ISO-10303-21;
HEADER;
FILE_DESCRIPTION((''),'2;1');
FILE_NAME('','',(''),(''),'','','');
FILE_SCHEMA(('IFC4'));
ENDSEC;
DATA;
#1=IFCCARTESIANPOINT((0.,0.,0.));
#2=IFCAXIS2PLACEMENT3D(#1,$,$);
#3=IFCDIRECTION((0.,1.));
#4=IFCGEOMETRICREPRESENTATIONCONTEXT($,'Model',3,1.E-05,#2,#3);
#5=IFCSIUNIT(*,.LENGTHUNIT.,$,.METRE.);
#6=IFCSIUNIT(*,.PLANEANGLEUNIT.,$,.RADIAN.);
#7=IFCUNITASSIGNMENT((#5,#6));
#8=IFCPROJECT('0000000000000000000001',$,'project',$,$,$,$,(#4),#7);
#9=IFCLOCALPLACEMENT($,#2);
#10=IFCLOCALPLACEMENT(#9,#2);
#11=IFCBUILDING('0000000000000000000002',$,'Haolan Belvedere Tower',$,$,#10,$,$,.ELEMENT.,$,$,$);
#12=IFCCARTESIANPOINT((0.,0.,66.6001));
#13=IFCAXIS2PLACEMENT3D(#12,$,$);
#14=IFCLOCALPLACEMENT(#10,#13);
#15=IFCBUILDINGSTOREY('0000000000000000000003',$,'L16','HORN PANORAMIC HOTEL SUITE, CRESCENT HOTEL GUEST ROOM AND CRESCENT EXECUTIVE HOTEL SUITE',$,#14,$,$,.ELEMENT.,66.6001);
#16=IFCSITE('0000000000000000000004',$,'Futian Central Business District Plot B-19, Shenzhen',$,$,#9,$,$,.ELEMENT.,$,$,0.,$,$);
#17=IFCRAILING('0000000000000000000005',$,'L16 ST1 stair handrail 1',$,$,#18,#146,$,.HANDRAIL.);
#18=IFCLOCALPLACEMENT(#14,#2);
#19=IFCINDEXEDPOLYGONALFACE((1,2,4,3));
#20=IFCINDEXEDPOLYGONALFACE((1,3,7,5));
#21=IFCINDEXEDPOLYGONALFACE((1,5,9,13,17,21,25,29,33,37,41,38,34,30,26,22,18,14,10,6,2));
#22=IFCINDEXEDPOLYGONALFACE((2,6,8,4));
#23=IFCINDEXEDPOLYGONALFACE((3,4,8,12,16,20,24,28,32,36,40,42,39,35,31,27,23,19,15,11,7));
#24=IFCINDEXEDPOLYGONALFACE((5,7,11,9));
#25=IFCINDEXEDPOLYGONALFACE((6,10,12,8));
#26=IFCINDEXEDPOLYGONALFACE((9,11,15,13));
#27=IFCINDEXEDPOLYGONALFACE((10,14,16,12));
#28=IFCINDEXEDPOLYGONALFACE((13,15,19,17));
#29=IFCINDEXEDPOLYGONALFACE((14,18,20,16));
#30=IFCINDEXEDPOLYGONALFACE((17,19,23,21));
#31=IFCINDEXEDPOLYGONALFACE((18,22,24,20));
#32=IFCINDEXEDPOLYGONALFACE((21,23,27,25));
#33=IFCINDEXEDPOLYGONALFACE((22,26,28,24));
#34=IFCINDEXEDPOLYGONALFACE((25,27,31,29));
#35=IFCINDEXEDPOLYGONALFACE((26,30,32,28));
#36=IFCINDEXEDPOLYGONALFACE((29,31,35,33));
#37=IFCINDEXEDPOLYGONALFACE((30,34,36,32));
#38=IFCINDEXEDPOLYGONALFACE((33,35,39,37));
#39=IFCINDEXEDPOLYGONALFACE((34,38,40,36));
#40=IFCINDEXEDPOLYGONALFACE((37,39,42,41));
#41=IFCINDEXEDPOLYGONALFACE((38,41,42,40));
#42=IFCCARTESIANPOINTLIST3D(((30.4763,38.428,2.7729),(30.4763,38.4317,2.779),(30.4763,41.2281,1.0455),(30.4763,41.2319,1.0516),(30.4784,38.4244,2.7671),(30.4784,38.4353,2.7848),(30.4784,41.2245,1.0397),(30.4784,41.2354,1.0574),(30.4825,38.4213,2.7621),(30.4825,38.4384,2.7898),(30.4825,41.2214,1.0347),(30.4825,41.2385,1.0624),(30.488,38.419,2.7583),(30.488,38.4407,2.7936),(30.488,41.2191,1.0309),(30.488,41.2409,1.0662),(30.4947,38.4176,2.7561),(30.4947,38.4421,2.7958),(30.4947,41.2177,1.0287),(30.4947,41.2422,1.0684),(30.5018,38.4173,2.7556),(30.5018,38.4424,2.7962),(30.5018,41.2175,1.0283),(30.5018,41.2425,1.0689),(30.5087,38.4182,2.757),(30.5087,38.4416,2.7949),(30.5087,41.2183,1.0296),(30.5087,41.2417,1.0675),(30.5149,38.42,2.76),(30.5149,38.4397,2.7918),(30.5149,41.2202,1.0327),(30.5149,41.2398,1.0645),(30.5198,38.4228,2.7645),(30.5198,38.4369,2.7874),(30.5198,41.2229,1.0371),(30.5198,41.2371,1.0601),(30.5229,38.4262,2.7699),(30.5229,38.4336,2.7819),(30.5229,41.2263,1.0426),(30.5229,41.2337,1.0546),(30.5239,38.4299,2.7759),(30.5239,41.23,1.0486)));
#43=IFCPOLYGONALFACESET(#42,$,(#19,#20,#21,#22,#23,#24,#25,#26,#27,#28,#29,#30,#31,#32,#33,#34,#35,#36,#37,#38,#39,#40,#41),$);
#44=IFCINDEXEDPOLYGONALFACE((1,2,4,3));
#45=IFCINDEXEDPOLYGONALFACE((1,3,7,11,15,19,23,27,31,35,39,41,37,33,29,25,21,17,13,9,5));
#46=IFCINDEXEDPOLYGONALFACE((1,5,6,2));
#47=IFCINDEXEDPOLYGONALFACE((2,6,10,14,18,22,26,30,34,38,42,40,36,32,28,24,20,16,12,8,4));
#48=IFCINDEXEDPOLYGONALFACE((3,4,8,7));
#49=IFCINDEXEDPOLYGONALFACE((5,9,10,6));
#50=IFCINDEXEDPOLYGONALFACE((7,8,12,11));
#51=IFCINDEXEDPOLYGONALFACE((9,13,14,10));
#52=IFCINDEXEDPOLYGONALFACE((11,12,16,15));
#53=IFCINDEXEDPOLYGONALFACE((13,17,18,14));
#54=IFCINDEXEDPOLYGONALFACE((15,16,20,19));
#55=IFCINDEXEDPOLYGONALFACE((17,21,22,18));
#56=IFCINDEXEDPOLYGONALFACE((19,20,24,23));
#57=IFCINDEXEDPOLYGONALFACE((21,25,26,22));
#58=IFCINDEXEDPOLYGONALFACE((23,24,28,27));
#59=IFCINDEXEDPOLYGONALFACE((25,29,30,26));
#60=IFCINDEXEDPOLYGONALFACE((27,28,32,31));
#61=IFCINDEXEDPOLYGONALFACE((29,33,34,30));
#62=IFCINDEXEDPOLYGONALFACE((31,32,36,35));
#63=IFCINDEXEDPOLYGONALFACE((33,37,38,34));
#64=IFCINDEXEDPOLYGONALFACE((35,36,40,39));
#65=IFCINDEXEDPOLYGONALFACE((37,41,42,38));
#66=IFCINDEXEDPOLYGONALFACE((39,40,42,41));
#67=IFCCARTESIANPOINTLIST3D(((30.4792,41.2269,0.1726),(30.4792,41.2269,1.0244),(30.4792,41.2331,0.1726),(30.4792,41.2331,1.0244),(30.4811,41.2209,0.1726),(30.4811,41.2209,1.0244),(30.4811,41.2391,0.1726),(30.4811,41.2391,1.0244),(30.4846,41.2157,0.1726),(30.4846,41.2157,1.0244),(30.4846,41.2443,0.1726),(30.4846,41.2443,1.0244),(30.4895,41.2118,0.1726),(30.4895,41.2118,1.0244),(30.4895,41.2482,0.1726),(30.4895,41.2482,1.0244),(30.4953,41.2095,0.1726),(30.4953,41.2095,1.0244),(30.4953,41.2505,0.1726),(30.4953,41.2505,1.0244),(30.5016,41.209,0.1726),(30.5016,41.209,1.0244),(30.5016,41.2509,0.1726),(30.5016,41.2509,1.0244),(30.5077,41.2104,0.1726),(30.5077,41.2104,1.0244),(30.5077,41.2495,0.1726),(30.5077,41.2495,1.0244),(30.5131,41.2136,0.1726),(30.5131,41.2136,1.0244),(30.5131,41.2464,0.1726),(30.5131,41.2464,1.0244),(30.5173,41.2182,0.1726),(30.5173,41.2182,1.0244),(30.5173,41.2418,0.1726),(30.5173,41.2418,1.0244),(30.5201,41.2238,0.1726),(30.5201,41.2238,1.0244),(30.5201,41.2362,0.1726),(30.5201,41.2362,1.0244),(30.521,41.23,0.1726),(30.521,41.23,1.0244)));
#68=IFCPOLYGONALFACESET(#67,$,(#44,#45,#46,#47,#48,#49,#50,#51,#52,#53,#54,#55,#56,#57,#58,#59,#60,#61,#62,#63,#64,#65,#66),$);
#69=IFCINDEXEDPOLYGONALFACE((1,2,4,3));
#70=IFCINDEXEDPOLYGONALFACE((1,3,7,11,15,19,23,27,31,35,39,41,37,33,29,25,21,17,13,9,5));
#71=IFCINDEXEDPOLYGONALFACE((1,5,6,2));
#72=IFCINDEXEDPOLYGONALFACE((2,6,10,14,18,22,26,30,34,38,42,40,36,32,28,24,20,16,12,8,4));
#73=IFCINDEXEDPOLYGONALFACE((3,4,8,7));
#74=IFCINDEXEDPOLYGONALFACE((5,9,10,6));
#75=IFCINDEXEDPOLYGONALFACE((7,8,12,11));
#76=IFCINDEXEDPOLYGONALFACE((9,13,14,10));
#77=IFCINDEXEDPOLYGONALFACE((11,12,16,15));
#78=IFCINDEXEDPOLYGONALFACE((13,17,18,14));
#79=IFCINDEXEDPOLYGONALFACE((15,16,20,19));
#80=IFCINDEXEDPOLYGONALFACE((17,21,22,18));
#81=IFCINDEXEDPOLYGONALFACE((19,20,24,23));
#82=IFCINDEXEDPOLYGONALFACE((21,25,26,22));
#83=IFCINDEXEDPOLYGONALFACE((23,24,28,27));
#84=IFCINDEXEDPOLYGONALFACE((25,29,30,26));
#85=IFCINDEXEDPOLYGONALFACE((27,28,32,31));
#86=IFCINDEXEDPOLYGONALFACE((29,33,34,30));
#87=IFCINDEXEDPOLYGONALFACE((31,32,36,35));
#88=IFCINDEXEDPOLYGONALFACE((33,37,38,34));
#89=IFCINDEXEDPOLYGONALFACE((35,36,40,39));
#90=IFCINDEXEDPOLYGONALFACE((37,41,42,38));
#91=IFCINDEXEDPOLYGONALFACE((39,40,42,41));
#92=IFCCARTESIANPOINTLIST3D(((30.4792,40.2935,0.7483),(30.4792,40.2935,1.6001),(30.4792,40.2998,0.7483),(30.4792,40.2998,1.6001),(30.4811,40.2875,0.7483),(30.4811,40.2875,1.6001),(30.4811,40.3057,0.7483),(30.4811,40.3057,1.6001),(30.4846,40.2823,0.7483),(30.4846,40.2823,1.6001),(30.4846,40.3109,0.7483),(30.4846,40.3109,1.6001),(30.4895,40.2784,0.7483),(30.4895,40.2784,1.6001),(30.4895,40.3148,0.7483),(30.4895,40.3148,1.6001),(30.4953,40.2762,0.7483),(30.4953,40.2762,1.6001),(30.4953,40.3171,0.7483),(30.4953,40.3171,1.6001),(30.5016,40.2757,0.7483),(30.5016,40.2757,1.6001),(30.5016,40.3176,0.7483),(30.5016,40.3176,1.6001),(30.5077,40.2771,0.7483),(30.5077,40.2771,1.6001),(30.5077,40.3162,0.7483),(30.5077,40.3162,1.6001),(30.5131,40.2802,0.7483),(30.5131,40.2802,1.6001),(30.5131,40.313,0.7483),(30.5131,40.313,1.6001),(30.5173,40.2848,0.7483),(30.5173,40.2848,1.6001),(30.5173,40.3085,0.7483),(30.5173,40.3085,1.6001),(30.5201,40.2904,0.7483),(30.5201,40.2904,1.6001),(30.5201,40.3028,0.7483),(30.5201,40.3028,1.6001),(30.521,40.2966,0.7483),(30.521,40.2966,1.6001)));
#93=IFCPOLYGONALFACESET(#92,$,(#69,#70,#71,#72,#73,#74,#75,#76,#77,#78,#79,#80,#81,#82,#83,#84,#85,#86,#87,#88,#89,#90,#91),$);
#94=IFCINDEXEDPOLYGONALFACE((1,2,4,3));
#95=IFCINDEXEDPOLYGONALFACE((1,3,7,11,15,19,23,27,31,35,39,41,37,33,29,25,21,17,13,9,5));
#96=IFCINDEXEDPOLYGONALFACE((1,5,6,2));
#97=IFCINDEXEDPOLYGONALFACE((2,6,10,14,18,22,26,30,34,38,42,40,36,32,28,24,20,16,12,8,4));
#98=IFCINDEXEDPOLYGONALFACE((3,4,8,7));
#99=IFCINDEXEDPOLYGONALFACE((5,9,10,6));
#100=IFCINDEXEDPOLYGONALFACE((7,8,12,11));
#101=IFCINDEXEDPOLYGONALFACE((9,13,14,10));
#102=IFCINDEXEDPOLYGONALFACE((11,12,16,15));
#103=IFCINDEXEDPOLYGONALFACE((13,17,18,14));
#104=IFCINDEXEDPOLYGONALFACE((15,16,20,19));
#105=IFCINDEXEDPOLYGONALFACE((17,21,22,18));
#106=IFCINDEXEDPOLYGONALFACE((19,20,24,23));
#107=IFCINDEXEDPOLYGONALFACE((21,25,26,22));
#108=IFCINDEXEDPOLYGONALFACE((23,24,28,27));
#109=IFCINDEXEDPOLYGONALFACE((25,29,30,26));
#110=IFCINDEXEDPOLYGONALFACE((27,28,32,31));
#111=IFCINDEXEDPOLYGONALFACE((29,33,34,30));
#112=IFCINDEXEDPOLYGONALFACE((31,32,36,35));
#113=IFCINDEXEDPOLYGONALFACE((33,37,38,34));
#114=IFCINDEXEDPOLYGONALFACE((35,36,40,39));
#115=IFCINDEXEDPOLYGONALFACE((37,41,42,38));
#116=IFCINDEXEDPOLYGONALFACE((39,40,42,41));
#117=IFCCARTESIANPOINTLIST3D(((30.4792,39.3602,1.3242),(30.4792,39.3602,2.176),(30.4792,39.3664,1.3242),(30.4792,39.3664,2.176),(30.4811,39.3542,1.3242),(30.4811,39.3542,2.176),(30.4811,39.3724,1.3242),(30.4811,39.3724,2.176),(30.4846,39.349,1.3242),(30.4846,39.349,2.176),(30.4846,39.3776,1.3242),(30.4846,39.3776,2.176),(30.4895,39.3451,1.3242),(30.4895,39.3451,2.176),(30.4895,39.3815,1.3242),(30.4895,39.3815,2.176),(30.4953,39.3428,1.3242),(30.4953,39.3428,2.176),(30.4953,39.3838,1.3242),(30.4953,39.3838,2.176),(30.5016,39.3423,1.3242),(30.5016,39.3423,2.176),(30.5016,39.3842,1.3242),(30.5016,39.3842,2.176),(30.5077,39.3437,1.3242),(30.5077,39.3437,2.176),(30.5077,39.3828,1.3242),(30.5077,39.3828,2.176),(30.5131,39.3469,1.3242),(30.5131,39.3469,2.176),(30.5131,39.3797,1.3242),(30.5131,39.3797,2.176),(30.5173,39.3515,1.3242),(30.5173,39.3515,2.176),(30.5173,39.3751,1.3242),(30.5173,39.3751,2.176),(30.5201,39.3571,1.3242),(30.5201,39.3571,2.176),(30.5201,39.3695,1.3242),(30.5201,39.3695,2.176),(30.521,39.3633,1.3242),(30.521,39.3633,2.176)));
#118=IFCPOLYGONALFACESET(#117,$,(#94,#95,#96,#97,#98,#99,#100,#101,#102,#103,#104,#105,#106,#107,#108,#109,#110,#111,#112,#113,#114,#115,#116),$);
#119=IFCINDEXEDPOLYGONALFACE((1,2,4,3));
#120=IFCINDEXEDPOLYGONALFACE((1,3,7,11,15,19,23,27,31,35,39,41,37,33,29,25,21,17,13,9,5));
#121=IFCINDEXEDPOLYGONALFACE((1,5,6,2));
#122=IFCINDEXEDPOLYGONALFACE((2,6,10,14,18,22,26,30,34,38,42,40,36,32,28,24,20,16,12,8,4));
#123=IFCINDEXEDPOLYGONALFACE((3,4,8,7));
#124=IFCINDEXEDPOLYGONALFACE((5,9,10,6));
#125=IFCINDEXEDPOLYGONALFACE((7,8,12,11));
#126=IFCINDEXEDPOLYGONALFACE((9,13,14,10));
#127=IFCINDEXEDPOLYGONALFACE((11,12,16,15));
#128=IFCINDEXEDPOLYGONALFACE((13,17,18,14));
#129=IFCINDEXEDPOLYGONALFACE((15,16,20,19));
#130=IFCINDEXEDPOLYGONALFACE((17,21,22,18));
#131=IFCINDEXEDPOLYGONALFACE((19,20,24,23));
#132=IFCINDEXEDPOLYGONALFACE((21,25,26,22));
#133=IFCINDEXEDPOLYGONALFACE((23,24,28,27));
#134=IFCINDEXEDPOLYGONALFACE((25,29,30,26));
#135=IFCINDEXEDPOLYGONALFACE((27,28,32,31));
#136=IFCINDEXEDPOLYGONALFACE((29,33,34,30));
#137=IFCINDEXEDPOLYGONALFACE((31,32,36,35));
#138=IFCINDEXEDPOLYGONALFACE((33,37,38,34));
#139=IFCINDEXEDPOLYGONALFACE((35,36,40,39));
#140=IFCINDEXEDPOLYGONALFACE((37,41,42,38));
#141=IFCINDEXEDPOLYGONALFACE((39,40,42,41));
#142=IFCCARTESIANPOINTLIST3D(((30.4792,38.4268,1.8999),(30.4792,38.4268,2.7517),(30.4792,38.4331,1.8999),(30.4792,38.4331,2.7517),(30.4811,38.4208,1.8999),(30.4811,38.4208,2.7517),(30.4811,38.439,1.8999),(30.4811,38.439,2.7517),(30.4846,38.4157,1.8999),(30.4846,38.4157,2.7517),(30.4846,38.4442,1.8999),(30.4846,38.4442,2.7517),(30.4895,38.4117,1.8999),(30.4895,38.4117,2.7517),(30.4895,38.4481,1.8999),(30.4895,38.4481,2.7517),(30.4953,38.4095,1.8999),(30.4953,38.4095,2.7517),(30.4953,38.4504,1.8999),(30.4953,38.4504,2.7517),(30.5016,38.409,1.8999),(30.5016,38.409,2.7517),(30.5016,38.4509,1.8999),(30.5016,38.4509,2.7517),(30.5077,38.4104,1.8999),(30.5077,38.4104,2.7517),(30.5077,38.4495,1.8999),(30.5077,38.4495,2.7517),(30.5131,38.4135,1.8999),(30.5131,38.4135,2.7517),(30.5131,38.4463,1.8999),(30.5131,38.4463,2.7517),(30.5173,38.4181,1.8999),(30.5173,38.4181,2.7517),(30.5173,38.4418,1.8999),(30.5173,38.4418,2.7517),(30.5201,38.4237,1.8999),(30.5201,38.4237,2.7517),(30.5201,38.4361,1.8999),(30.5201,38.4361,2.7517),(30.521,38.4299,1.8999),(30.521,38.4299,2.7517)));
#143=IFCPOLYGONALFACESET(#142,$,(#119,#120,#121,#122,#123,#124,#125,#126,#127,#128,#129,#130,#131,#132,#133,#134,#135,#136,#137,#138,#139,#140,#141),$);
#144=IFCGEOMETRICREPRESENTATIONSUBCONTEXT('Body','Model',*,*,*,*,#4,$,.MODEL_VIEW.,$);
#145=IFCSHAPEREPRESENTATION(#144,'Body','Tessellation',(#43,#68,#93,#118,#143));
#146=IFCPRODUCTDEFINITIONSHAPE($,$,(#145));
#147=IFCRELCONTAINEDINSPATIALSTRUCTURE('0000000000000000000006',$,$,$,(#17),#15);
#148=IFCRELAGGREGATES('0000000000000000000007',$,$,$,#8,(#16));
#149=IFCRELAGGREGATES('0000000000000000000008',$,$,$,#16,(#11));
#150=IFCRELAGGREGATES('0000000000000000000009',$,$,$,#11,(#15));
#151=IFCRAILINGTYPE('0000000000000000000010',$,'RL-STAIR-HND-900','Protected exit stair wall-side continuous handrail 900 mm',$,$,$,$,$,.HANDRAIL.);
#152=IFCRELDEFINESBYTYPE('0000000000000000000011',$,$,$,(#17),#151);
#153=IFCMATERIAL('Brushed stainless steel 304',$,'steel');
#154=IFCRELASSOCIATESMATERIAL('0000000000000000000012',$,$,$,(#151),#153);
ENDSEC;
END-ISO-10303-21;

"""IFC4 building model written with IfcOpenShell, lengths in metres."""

from ifc_helpers import new_model, si_unit, direction, frame, origin, origin_2d, place, context, subcontext, project, spatial, circle, extrude, material, type_object, element, save


model = new_model("IFC4")

# Units and contexts
model_context = context("Model", 3, precision=1e-05, world=origin(), true_north=direction((0.0, 1.0)))
body_context = subcontext(model_context, "Body", "Model", "MODEL_VIEW")
ifc_project = project(units=[si_unit("LENGTHUNIT", "METRE"), si_unit("PLANEANGLEUNIT", "RADIAN")], contexts=[model_context])

# Site, building, storey
site_placement = place(None, origin())
site = spatial("IfcSite", under=ifc_project, at=site_placement, Name="Futian Central Business District Plot B-19, Shenzhen", CompositionType="ELEMENT", RefElevation=0.0)
building_placement = place(site_placement, origin())
building = spatial("IfcBuilding", under=site, at=building_placement, Name="Haolan Belvedere Tower", CompositionType="ELEMENT")
storey_placement = place(building_placement, frame((0.0, 0.0, 66.6001)))
storey = spatial("IfcBuildingStorey", under=building, at=storey_placement, Name="L16", Description="HORN PANORAMIC HOTEL SUITE, CRESCENT HOTEL GUEST ROOM AND CRESCENT EXECUTIVE HOTEL SUITE", CompositionType="ELEMENT", Elevation=66.6001)

# Railing
ifc_material_1 = material(Name="Brushed stainless steel 304", Category="steel")
railing_type_1 = type_object("IfcRailingType", Name="RL-STAIR-HND-900", Description="Protected exit stair wall-side continuous handrail 900 mm", PredefinedType="HANDRAIL", material=ifc_material_1)
railing_1_placement = place(storey_placement, frame((30.5, 41.23, 0.1726)))
element("IfcRailing", 1, at=railing_1_placement, inside=storey, type_object=railing_type_1, Name="L16 ST1 stair handrail 1", PredefinedType="HANDRAIL", context=body_context, shape_type="SweptSolid", body=[
    extrude(circle(Radius=0.0239, at=origin_2d()), frame((0.0, 0.0, 0.876), z_axis=(0.0, -0.85109, 0.52502), x_axis=(1.0, 0.0, 0.0)), (0.0, 0.0, 1.0), 3.29),
    extrude(circle(Radius=0.021, at=origin_2d()), origin(), (0.0, 0.0, 1.0), 0.8518),
    extrude(circle(Radius=0.021, at=origin_2d()), frame((0.0, -0.9333, 0.5757)), (0.0, 0.0, 1.0), 0.8518),
    extrude(circle(Radius=0.021, at=origin_2d()), frame((0.0, -1.8667, 1.1516)), (0.0, 0.0, 1.0), 0.8518),
    extrude(circle(Radius=0.021, at=origin_2d()), frame((0.0, -2.8, 1.7273)), (0.0, 0.0, 1.0), 0.8518),
])

save(model, "model.ifc")
